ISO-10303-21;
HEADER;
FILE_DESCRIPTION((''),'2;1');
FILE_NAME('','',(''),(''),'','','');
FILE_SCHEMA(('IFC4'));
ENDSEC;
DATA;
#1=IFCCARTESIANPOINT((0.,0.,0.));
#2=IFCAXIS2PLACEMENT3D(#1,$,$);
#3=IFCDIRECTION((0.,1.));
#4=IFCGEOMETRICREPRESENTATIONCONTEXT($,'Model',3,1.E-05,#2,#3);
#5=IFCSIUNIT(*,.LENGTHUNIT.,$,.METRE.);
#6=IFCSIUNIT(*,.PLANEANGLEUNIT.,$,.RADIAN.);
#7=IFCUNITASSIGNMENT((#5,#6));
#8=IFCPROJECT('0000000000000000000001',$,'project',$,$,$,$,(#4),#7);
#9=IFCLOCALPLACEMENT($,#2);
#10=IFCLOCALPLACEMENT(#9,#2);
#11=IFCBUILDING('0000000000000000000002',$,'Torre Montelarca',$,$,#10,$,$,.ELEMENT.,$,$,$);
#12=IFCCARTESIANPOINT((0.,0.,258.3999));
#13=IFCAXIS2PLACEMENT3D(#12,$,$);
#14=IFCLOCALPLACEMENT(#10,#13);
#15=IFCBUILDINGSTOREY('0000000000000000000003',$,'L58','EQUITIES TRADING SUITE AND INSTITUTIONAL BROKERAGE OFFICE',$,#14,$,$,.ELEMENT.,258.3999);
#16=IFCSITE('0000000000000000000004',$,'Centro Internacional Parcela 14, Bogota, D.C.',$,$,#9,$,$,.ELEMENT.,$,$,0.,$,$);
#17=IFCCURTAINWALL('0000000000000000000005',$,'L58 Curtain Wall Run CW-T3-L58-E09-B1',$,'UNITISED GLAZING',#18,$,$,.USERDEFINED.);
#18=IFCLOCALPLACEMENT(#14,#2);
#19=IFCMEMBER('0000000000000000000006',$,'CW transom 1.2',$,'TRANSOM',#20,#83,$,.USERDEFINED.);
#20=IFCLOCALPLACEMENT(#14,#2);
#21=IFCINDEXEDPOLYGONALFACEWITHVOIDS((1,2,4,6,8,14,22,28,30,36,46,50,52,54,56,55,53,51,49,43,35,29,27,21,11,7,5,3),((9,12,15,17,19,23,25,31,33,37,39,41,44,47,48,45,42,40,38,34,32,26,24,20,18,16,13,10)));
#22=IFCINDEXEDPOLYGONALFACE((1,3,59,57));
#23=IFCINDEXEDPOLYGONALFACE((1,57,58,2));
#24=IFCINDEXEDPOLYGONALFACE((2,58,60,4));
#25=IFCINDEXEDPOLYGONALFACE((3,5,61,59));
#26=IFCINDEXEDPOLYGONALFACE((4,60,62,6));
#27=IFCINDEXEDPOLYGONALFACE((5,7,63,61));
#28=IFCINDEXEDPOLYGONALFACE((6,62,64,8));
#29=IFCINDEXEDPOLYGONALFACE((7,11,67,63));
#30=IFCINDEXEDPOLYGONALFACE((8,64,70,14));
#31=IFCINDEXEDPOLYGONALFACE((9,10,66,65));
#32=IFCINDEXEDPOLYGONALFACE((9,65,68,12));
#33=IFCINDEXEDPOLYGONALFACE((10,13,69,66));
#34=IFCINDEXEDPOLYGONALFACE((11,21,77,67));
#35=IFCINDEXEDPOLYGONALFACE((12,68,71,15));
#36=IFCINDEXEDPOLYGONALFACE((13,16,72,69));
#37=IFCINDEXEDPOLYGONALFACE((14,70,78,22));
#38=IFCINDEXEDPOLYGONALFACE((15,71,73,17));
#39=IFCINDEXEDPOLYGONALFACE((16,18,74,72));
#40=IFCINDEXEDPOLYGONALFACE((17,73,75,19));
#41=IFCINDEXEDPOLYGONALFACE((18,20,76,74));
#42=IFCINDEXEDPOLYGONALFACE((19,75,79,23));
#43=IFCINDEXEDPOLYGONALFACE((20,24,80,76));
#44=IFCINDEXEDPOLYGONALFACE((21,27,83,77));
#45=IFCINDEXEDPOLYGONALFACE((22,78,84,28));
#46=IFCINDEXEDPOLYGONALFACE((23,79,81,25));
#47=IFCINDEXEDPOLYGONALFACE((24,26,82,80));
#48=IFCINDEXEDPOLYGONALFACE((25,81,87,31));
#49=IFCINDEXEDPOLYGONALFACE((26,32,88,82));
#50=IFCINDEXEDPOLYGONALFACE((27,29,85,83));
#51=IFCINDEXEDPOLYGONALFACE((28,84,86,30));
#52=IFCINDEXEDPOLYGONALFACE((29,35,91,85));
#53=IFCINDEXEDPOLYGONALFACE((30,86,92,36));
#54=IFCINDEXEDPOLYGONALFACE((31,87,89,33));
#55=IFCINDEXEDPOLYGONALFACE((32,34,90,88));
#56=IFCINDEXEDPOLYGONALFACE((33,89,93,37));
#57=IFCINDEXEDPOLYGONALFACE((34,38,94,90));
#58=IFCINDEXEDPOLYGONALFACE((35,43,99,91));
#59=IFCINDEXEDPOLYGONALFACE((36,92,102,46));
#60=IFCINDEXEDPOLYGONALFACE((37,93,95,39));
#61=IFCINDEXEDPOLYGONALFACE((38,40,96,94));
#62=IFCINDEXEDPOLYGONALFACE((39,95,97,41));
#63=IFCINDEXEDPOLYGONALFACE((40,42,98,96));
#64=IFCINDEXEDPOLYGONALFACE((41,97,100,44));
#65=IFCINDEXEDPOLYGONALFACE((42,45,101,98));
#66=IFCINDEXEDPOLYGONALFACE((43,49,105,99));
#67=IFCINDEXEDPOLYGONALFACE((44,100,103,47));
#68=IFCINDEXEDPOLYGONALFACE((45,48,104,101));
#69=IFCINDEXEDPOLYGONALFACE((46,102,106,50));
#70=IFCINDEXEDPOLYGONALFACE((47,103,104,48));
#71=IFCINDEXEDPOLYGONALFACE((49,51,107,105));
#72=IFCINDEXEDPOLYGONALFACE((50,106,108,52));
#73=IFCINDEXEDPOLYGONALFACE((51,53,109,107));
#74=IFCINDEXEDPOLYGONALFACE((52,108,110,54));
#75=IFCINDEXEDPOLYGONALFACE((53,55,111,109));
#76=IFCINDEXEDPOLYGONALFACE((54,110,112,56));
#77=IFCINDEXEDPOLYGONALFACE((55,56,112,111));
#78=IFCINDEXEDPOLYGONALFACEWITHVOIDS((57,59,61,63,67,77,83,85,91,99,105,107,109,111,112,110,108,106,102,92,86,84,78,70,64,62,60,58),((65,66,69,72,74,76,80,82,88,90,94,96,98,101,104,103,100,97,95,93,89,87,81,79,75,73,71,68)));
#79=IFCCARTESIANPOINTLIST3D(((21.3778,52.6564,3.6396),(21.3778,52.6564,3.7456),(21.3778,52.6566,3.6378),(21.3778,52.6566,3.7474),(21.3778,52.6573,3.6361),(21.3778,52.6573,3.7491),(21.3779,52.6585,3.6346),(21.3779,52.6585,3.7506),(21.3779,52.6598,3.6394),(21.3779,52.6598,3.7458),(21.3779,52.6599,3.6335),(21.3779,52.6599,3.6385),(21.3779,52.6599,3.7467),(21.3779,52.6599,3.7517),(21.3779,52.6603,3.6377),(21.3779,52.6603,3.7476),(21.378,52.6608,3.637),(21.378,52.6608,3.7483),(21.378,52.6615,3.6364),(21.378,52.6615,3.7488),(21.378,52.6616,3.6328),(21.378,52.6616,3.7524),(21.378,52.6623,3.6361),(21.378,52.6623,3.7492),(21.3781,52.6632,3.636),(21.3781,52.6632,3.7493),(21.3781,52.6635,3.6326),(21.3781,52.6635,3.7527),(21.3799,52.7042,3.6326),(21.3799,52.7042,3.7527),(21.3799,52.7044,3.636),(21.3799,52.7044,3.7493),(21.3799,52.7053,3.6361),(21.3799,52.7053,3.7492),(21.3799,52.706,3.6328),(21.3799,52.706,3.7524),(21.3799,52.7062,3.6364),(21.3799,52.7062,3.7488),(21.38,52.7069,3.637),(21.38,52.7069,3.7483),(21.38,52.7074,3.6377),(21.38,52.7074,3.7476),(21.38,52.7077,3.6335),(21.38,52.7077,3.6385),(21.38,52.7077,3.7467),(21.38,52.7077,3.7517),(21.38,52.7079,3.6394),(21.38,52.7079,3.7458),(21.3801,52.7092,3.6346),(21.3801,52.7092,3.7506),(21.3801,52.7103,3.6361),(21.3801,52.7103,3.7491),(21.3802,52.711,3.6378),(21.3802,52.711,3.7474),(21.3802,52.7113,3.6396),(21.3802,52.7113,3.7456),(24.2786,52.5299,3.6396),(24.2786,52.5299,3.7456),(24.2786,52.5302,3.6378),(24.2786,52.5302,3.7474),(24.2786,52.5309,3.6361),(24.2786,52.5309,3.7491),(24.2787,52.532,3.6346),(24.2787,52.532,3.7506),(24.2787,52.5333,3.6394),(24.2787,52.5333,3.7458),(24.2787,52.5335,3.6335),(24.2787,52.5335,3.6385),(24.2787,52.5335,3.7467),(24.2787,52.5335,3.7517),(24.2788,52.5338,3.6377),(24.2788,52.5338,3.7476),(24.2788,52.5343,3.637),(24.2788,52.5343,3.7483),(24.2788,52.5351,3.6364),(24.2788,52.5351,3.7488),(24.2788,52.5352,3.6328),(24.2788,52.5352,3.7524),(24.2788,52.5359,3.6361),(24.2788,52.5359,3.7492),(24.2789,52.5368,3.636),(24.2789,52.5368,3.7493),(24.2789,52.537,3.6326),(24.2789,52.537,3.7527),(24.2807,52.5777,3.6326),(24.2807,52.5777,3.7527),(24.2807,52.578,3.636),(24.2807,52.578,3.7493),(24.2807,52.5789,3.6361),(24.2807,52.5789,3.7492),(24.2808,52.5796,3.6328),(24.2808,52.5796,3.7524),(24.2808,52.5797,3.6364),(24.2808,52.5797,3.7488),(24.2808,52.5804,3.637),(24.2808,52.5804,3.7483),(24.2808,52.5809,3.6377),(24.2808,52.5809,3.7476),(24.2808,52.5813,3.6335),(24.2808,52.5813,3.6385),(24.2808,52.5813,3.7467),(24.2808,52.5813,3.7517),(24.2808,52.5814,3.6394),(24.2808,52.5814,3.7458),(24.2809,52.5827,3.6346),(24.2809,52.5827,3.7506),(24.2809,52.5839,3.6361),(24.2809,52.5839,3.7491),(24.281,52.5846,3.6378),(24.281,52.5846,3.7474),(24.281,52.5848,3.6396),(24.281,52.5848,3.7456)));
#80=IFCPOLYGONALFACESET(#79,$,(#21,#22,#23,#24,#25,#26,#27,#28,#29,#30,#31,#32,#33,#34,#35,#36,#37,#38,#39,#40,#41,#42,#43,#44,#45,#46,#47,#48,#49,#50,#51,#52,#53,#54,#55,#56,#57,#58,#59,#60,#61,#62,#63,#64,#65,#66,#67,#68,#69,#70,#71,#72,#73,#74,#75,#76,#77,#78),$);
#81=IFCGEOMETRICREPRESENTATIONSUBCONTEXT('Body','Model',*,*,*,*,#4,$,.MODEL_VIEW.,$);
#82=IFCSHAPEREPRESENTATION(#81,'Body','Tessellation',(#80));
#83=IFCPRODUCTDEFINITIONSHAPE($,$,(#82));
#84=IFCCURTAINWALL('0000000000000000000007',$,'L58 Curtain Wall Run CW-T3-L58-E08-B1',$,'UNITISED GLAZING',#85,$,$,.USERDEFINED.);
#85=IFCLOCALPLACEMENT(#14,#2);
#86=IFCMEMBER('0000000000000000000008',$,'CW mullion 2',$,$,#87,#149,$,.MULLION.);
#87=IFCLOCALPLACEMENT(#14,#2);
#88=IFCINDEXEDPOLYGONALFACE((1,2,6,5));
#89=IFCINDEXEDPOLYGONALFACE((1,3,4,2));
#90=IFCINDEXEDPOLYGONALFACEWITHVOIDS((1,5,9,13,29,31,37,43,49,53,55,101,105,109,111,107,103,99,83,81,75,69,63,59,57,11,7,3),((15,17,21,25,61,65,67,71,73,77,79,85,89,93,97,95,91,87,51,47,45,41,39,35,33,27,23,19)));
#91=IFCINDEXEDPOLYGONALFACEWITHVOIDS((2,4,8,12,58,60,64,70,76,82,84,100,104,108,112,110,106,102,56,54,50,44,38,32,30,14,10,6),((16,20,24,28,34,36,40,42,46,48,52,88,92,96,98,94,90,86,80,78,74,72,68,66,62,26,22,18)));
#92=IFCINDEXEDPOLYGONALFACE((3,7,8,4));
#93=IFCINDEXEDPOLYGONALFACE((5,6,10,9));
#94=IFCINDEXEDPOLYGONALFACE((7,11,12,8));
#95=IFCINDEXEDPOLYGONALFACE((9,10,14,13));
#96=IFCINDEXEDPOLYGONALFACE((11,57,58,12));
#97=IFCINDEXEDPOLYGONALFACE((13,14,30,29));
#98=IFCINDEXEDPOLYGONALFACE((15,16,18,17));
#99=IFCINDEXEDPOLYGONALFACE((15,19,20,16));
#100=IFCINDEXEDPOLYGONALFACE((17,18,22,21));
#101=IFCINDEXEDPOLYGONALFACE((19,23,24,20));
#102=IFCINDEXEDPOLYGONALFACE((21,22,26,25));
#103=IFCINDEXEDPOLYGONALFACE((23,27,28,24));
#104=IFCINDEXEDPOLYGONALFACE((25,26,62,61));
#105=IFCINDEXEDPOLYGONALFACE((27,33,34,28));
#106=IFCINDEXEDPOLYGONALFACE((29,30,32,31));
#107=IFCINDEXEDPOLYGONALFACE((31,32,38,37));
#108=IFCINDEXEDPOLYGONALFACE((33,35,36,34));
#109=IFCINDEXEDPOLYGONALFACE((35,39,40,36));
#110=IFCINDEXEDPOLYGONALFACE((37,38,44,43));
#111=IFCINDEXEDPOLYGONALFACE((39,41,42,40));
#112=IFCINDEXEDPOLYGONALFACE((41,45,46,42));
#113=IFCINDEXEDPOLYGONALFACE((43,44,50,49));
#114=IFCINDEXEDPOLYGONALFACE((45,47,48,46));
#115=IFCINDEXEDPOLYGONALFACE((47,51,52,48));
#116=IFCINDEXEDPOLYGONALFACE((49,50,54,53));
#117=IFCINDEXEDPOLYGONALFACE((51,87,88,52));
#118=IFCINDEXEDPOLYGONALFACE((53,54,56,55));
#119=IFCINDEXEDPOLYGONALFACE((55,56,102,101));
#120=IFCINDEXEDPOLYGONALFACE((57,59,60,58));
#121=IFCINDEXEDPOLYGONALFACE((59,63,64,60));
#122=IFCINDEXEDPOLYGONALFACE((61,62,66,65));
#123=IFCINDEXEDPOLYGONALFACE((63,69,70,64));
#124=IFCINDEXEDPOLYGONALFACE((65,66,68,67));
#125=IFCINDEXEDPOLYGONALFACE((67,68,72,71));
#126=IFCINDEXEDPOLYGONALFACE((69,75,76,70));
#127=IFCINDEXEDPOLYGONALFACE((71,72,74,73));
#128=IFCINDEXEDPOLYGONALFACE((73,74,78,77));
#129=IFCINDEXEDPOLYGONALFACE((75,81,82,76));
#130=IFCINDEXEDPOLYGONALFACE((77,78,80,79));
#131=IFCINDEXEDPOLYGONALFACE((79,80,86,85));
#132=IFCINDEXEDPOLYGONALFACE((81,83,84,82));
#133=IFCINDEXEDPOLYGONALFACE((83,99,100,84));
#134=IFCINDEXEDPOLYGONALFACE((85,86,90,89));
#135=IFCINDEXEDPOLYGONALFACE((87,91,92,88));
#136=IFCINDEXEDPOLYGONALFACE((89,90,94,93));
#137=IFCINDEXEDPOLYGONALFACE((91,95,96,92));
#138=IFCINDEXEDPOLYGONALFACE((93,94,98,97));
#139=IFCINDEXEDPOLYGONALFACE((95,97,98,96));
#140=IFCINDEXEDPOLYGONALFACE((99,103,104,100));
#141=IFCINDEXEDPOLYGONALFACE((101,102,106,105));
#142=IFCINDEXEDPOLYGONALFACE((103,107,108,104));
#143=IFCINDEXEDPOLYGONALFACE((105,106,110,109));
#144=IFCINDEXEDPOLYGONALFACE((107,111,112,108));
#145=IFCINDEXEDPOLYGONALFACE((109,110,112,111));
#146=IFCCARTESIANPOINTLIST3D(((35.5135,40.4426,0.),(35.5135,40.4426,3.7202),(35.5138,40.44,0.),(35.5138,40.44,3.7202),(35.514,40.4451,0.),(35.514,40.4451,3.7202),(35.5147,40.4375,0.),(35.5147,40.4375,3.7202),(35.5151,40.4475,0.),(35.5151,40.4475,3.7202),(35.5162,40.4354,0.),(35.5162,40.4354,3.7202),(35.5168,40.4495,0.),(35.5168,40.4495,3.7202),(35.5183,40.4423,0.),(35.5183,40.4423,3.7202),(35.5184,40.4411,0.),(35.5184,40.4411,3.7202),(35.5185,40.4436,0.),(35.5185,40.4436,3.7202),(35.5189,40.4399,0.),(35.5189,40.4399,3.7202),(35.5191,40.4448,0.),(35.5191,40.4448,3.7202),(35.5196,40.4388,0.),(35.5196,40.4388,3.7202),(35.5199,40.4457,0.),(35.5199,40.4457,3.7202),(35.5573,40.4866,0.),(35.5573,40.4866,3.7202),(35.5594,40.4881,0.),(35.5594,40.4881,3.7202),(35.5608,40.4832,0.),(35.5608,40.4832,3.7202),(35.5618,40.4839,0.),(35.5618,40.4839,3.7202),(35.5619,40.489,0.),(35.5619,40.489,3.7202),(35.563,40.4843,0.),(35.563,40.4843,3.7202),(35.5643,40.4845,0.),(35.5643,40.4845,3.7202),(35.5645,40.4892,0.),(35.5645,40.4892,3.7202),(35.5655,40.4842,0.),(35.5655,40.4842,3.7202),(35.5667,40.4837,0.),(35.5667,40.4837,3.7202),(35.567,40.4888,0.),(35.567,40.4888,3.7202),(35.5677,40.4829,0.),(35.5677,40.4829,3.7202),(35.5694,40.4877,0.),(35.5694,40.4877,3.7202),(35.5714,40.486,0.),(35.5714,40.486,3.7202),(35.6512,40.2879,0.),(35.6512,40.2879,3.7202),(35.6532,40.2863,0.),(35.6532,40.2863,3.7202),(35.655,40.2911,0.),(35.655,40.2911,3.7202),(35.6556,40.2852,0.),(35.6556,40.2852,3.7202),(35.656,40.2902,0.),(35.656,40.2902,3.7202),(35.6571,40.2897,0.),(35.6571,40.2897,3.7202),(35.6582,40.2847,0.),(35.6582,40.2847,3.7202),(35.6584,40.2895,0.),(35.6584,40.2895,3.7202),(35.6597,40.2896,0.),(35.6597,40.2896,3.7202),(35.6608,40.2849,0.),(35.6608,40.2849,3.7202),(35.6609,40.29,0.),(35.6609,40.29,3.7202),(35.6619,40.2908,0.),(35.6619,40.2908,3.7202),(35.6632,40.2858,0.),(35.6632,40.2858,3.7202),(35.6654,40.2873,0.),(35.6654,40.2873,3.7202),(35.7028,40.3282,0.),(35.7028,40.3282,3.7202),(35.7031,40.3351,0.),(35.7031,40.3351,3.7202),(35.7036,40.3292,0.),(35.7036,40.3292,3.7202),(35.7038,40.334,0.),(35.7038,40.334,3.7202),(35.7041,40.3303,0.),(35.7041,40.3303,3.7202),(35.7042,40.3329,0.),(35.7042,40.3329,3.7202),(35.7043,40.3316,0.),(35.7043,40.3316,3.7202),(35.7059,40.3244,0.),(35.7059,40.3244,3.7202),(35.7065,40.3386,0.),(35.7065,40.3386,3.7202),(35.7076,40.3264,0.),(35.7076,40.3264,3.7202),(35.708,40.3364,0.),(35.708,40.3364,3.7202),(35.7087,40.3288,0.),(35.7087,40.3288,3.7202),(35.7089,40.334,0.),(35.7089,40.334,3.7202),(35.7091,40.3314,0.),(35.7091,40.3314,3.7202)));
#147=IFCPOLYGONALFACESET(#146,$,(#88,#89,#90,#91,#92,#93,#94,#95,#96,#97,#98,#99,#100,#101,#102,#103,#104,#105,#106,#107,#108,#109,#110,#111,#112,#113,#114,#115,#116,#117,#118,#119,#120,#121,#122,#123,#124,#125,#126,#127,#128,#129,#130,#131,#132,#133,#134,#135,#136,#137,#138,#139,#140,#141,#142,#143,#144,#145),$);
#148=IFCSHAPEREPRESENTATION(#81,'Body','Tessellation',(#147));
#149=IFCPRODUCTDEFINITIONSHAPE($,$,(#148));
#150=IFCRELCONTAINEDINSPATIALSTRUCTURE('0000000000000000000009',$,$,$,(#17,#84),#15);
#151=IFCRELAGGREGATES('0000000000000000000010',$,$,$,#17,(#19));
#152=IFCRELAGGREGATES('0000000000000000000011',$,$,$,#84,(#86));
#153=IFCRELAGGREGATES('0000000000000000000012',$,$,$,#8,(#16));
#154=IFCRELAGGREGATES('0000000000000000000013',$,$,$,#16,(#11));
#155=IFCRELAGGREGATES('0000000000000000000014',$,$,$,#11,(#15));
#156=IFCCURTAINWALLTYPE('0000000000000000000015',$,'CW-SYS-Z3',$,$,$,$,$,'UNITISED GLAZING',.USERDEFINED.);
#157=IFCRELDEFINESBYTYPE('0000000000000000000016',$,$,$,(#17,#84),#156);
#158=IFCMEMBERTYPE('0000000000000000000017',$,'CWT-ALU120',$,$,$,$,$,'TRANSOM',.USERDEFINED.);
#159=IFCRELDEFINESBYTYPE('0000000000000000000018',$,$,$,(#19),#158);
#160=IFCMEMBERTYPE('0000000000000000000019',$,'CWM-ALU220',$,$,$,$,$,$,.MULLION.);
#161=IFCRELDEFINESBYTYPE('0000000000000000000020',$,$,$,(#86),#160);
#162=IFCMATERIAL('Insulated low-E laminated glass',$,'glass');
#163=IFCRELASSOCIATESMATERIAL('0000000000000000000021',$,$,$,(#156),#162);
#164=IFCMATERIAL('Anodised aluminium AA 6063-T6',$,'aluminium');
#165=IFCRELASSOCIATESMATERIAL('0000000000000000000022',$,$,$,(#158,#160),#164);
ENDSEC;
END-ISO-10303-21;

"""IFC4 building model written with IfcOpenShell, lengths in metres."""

from ifc_helpers import new_model, si_unit, direction, frame, origin, origin_2d, place, context, subcontext, project, spatial, hollow_rectangle, extrude, source, transform, mapped, material, material_profile, profile_set, type_object, element, aggregate, save


model = new_model("IFC4")

# Units and contexts
model_context = context("Model", 3, precision=1e-05, world=origin(), true_north=direction((0.0, 1.0)))
body_context = subcontext(model_context, "Body", "Model", "MODEL_VIEW")
ifc_project = project(units=[si_unit("LENGTHUNIT", "METRE"), si_unit("PLANEANGLEUNIT", "RADIAN")], contexts=[model_context])

# Site, building, storey
site_placement = place(None, origin())
site = spatial("IfcSite", under=ifc_project, at=site_placement, Name="Centro Internacional Parcela 14, Bogota, D.C.", CompositionType="ELEMENT", RefElevation=0.0)
building_placement = place(site_placement, origin())
building = spatial("IfcBuilding", under=site, at=building_placement, Name="Torre Montelarca", CompositionType="ELEMENT")
storey_placement = place(building_placement, frame((0.0, 0.0, 258.3999)))
storey = spatial("IfcBuildingStorey", under=building, at=storey_placement, Name="L58", Description="EQUITIES TRADING SUITE AND INSTITUTIONAL BROKERAGE OFFICE", CompositionType="ELEMENT", Elevation=258.3999)

# Curtain walls, members
ifc_material_1 = material(Name="Insulated low-E laminated glass", Category="glass")
curtain_wall_type = type_object("IfcCurtainWallType", Name="CW-SYS-Z3", ElementType="UNITISED GLAZING", PredefinedType="USERDEFINED", material=ifc_material_1)
curtain_wall_1_placement = place(storey_placement, origin())
curtain_wall_1 = element("IfcCurtainWall", 1, at=curtain_wall_1_placement, inside=storey, type_object=curtain_wall_type, Name="L58 Curtain Wall Run CW-T3-L58-E09-B1", ObjectType="UNITISED GLAZING", PredefinedType="USERDEFINED")
ifc_material_2 = material(Name="Anodised aluminium AA 6063-T6", Category="aluminium")
ifc_material_profile_1 = material_profile(ifc_material_2, hollow_rectangle(XDim=0.0549, YDim=0.1201, WallThickness=0.0034, InnerFilletRadius=0.0034, OuterFilletRadius=0.0071, at=origin_2d()), Name="ALU55X120X3.5", Category="aluminium")
ifc_profile_set_1 = profile_set([ifc_material_profile_1], Name="Anodised aluminium AA 6063-T6")
member_type_1 = type_object("IfcMemberType", Name="CWT-ALU120", ElementType="TRANSOM", PredefinedType="USERDEFINED", material=ifc_profile_set_1)
shared_shape_1 = source(origin(), body_context, "Body", "SweptSolid", [
    extrude(hollow_rectangle(XDim=0.0549, YDim=0.1201, WallThickness=0.0034, InnerFilletRadius=0.0034, OuterFilletRadius=0.0071, at=origin_2d()), origin(), (0.0, 0.0, 1.0), 2.9036),
])
member_1_placement = place(storey_placement, frame((24.2798, 52.5574, 3.6926), z_axis=(-0.999051, 0.043554, 0.0), x_axis=(-0.043554, -0.999051, 0.0)))
member_1 = element("IfcMember", 2, at=member_1_placement, type_object=member_type_1, Name="CW transom 1.2", ObjectType="TRANSOM", PredefinedType="USERDEFINED", context=body_context, shape_type="MappedRepresentation", body=[
    mapped(shared_shape_1, transform((0.0, 0.0, 0.0), scale=1.0)),
])
curtain_wall_2_placement = place(storey_placement, origin())
curtain_wall_2 = element("IfcCurtainWall", 3, at=curtain_wall_2_placement, inside=storey, type_object=curtain_wall_type, Name="L58 Curtain Wall Run CW-T3-L58-E08-B1", ObjectType="UNITISED GLAZING", PredefinedType="USERDEFINED")
ifc_material_profile_2 = material_profile(ifc_material_2, hollow_rectangle(XDim=0.075, YDim=0.22, WallThickness=0.0049, InnerFilletRadius=0.0049, OuterFilletRadius=0.01, at=origin_2d()), Name="ALU75X220X5", Category="aluminium")
ifc_profile_set_2 = profile_set([ifc_material_profile_2], Name="Anodised aluminium AA 6063-T6")
member_type_2 = type_object("IfcMemberType", Name="CWM-ALU220", PredefinedType="MULLION", material=ifc_profile_set_2)
shared_shape_2 = source(origin(), body_context, "Body", "SweptSolid", [
    extrude(hollow_rectangle(XDim=0.075, YDim=0.22, WallThickness=0.0049, InnerFilletRadius=0.0049, OuterFilletRadius=0.01, at=origin_2d()), origin(), (0.0, 0.0, 1.0), 3.7202),
])
member_2_placement = place(storey_placement, frame((35.6113, 40.387, 0.0), z_axis=(0.0, 0.0, 1.0), x_axis=(-0.73728, -0.675587, 0.0)))
member_2 = element("IfcMember", 4, at=member_2_placement, type_object=member_type_2, Name="CW mullion 2", PredefinedType="MULLION", context=body_context, shape_type="MappedRepresentation", body=[
    mapped(shared_shape_2, transform((0.0, 0.0, 0.0), scale=1.0)),
])

aggregate(curtain_wall_1, [member_1])

aggregate(curtain_wall_2, [member_2])

save(model, "model.ifc")
